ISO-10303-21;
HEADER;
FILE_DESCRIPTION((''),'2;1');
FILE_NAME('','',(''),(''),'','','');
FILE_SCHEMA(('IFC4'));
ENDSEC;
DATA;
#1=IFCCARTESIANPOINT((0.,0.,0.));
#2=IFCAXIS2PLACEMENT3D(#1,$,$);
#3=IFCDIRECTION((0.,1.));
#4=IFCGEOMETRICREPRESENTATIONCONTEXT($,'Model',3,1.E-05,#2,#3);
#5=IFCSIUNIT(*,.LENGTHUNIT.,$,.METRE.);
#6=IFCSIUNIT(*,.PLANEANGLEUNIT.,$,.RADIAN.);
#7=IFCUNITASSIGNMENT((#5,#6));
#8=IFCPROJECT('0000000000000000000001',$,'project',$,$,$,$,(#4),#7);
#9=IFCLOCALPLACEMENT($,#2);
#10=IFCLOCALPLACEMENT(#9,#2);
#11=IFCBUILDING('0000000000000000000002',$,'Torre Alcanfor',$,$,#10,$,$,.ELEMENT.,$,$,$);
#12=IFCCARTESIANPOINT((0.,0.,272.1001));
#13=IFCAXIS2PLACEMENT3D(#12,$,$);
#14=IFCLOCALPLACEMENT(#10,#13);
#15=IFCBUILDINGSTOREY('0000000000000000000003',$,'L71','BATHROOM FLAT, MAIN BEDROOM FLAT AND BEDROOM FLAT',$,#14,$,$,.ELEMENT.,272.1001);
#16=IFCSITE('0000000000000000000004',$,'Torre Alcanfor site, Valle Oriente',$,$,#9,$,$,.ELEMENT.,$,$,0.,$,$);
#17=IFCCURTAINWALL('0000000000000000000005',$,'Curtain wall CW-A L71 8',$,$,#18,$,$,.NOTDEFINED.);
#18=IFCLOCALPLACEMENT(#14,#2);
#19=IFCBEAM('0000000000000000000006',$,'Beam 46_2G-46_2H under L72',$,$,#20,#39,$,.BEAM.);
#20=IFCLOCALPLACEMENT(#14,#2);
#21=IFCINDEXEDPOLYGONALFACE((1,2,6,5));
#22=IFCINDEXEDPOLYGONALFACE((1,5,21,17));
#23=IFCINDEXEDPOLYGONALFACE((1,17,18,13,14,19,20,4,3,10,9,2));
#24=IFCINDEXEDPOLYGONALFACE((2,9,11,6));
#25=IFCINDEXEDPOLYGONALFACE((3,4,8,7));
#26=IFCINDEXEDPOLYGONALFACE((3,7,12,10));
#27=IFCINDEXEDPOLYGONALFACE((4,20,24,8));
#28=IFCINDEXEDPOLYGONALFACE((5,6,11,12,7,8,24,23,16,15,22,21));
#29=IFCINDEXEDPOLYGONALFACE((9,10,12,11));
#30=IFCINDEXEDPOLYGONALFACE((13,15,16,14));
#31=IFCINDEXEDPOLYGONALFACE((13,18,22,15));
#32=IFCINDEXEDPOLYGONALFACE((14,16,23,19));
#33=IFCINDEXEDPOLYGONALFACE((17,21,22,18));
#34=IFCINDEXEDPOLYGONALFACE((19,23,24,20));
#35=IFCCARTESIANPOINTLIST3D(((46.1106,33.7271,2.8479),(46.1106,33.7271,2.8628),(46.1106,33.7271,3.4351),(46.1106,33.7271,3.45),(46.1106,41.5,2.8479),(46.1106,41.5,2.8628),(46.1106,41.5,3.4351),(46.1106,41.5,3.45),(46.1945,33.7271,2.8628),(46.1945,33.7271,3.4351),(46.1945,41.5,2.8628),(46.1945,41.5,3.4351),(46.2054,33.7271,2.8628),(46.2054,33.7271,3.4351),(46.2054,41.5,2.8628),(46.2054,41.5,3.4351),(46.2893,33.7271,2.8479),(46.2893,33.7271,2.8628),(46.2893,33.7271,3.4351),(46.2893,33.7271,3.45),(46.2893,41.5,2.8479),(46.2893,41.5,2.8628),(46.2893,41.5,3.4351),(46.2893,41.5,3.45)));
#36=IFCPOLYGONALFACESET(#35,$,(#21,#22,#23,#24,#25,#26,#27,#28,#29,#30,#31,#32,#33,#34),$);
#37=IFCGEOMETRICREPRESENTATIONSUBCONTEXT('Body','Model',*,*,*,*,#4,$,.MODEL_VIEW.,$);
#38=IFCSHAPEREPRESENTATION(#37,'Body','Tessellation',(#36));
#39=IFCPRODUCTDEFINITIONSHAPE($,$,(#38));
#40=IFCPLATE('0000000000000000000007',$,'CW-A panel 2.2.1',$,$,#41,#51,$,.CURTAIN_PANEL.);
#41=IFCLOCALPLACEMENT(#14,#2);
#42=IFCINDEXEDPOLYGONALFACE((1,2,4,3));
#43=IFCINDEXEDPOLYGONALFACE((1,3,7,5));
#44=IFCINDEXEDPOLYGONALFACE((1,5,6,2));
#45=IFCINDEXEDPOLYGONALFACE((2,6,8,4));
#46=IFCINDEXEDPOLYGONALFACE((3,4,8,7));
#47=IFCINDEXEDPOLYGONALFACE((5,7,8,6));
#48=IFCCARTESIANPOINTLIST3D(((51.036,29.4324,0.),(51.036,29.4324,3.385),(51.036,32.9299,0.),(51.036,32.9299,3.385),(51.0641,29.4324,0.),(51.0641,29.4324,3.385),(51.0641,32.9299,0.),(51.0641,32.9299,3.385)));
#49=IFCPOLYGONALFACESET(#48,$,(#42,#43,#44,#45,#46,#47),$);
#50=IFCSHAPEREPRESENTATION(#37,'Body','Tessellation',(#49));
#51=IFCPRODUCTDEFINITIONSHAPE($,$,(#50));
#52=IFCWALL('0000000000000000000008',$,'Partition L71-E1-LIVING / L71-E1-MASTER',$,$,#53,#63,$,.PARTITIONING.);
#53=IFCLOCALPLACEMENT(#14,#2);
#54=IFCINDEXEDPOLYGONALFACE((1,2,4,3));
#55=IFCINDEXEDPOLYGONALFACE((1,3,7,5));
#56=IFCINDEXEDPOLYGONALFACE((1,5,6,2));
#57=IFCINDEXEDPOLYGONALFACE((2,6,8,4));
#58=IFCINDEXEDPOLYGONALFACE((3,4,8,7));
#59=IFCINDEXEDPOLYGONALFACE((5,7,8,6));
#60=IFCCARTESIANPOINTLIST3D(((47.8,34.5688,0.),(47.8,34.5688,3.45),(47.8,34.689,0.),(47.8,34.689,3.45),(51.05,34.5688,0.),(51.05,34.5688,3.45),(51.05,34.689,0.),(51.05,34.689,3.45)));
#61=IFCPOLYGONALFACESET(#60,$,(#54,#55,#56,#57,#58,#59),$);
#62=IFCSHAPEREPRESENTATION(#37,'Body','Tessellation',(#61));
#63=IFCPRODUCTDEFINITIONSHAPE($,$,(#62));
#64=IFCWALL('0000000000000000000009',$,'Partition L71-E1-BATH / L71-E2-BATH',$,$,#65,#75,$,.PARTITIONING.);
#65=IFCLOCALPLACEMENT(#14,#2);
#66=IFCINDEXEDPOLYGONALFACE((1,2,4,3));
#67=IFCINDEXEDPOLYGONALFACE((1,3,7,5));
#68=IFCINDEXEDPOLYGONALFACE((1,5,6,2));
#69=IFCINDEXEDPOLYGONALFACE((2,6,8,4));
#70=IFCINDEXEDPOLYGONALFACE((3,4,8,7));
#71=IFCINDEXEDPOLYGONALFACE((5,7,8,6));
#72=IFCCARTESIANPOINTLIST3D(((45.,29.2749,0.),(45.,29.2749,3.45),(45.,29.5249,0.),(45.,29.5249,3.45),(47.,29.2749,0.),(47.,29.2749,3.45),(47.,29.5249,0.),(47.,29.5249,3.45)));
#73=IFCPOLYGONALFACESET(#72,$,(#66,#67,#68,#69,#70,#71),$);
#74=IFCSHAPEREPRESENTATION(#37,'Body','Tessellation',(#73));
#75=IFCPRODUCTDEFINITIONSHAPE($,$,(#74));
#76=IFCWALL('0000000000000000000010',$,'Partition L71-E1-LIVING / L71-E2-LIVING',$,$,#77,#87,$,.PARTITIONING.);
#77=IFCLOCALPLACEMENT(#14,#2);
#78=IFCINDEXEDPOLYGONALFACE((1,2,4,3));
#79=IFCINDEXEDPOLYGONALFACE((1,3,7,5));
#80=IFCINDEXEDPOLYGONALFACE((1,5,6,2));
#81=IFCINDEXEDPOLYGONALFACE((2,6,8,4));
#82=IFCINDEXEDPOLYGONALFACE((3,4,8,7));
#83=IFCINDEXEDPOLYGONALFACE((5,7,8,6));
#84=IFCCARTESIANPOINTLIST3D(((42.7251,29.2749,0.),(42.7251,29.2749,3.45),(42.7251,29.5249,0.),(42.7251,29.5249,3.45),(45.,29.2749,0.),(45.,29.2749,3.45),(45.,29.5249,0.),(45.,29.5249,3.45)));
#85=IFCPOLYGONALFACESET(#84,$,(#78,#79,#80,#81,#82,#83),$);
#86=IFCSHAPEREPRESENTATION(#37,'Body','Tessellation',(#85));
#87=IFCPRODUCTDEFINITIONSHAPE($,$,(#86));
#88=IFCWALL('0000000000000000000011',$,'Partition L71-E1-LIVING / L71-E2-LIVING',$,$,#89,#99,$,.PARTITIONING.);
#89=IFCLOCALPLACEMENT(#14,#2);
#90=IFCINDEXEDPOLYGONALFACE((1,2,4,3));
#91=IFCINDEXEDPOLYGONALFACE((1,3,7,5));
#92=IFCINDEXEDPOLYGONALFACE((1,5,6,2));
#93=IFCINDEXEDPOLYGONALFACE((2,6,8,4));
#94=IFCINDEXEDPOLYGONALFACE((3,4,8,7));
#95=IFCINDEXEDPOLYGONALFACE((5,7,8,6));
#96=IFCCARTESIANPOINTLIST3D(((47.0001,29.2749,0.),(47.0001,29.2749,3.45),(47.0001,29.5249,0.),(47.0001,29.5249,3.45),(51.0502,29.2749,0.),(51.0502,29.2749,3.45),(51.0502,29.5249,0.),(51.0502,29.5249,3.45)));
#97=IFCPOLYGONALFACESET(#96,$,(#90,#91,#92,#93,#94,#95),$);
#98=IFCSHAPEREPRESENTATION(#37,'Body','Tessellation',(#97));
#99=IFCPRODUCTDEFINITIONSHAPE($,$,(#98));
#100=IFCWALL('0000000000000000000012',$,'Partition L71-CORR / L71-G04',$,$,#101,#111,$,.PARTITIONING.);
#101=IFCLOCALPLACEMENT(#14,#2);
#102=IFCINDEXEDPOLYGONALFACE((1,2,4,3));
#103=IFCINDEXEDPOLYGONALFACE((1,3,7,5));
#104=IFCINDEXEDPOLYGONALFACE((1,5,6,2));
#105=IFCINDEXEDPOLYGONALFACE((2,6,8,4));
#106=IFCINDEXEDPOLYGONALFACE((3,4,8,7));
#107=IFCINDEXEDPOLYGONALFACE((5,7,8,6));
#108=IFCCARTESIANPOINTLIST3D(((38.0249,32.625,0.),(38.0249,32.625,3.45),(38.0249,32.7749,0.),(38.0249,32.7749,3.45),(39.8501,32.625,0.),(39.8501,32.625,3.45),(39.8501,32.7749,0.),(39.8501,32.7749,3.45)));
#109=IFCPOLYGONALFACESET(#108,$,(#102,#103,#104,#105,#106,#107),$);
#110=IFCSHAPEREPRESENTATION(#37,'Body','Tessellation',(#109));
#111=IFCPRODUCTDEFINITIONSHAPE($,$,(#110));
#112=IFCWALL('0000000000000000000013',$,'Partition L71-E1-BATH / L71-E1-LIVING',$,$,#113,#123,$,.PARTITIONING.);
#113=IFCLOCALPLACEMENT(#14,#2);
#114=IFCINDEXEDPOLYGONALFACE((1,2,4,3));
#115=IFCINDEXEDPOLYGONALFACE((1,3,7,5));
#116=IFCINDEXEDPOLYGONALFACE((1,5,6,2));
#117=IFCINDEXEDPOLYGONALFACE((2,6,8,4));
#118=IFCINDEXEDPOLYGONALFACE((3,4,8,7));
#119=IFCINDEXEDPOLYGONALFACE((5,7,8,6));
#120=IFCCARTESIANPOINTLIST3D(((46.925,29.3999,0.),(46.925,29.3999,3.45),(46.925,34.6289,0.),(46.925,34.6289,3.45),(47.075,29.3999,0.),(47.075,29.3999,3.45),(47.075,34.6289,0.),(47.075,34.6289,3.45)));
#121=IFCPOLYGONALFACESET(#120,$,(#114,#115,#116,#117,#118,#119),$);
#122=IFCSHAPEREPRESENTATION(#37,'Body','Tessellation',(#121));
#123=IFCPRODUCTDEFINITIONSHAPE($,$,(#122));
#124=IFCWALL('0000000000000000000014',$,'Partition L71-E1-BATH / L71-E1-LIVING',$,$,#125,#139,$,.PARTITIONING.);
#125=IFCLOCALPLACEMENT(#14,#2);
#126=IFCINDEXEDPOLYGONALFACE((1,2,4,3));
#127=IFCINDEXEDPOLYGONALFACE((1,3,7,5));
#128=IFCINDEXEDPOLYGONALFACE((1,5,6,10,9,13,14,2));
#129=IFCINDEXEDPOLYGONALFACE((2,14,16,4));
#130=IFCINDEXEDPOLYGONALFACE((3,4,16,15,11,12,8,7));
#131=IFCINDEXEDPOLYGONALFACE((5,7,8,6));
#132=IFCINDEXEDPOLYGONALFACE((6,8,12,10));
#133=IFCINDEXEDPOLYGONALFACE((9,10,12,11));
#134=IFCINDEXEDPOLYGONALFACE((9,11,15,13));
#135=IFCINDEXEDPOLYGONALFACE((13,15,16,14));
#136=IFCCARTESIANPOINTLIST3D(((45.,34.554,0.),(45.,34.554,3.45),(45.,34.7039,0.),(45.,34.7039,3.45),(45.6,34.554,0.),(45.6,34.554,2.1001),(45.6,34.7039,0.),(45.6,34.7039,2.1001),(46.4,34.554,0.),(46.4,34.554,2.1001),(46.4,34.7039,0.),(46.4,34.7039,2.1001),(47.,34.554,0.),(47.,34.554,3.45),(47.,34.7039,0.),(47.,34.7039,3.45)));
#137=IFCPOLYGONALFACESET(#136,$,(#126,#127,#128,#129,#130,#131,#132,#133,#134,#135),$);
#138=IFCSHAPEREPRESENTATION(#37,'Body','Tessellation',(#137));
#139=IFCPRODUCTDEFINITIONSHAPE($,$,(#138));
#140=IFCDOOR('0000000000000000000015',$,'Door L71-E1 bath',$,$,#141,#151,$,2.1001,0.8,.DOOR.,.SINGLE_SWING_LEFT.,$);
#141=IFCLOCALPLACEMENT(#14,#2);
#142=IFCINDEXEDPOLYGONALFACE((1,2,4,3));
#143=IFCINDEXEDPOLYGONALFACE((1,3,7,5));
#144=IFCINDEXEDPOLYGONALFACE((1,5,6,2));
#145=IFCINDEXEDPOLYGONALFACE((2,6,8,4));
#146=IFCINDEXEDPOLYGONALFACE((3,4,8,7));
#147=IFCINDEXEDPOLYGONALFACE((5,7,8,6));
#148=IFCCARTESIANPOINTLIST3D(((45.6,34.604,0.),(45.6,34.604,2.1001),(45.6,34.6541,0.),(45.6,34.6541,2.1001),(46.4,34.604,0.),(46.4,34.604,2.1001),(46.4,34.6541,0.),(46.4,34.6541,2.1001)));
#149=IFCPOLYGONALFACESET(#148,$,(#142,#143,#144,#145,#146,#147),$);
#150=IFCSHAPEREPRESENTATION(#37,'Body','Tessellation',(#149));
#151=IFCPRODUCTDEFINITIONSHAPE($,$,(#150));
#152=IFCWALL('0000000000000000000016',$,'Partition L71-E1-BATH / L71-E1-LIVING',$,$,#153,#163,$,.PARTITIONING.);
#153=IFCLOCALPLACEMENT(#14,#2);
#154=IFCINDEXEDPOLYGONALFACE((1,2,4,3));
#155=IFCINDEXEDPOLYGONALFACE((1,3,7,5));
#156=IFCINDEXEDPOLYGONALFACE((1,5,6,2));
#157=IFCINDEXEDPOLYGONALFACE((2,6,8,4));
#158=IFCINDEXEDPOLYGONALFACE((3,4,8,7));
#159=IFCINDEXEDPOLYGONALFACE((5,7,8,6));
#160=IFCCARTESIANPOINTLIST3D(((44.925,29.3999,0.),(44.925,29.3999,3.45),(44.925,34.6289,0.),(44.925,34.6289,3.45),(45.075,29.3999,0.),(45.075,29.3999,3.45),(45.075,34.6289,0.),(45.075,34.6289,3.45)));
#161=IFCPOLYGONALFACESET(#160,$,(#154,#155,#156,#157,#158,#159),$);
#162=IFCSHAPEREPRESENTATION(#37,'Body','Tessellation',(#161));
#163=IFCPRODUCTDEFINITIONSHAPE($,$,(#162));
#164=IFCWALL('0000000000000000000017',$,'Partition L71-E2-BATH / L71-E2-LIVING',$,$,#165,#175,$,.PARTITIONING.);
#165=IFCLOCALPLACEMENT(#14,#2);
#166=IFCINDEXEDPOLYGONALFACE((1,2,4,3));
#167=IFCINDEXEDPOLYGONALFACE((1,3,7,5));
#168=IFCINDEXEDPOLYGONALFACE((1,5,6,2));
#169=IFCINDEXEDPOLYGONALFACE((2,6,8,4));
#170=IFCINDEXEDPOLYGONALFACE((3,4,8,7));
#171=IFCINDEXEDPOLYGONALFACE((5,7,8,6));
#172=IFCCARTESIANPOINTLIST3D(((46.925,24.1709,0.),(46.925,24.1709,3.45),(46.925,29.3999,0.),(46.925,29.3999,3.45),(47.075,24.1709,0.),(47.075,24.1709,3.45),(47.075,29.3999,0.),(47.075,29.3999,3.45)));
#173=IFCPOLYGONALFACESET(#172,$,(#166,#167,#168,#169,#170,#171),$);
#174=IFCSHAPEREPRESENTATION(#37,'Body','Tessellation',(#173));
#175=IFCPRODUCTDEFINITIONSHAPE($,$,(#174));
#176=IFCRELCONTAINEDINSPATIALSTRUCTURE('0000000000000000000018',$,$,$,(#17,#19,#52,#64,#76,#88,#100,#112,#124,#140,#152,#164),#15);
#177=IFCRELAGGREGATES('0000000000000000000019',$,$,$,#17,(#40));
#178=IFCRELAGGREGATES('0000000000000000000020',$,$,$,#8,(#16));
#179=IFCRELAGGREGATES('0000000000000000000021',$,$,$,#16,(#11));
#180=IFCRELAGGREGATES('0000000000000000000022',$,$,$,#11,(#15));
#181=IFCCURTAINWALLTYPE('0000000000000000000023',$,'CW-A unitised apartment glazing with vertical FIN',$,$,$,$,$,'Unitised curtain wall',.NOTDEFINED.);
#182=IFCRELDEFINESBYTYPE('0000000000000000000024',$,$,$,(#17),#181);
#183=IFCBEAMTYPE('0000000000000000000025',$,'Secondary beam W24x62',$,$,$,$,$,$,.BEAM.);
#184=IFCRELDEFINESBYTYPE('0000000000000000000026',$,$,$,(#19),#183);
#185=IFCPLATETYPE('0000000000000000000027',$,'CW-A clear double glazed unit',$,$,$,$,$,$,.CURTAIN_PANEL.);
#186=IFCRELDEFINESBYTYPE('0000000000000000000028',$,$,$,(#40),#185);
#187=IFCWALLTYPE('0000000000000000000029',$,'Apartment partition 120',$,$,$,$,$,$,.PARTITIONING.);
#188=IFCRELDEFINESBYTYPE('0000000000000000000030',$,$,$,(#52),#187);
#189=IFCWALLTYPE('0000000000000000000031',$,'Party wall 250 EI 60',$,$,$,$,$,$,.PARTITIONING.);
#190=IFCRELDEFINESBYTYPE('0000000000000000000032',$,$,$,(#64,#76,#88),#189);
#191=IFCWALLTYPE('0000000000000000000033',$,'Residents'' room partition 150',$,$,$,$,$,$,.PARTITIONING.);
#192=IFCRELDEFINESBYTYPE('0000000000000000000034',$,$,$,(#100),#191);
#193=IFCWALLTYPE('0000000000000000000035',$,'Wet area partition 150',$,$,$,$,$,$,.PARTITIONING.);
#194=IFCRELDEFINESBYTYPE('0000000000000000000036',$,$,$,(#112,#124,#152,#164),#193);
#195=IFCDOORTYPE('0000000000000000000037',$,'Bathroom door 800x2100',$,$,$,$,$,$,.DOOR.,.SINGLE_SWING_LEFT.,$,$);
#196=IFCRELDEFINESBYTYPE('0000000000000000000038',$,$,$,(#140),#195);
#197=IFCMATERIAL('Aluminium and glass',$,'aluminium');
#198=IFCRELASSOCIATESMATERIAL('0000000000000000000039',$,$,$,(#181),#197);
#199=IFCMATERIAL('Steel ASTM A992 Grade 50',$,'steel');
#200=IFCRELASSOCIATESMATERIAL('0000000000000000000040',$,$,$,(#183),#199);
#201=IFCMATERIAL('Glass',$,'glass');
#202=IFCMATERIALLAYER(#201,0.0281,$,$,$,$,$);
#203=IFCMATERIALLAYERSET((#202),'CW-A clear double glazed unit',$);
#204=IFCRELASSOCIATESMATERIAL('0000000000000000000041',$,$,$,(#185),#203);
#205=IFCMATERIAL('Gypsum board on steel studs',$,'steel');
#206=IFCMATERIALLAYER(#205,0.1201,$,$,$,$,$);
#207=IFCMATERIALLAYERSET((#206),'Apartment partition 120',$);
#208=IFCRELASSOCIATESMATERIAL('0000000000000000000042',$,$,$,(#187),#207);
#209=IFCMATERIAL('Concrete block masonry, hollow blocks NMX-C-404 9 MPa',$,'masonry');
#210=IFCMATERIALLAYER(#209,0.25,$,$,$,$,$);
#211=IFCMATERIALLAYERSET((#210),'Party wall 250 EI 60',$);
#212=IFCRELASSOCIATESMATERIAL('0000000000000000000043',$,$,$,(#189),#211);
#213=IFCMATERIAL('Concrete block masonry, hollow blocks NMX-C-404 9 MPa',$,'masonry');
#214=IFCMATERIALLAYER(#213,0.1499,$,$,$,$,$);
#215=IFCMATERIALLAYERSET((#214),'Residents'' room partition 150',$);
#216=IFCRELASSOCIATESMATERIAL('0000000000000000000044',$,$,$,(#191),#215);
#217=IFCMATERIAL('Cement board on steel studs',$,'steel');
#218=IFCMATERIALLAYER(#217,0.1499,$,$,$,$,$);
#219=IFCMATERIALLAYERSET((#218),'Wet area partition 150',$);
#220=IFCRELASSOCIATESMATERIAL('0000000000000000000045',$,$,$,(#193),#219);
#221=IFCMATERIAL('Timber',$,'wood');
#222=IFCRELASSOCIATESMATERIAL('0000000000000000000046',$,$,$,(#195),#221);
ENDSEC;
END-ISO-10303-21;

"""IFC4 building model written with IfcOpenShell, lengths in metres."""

from ifc_helpers import new_model, si_unit, direction, frame, frame_2d, origin, origin_2d, place, context, subcontext, project, spatial, rectangle, i_section, extrude, material, layer, layer_set, material_profile, profile_set, type_object, element, fill, aggregate, save


model = new_model("IFC4")

# Units and contexts
model_context = context("Model", 3, precision=1e-05, world=origin(), true_north=direction((0.0, 1.0)))
body_context = subcontext(model_context, "Body", "Model", "MODEL_VIEW")
ifc_project = project(units=[si_unit("LENGTHUNIT", "METRE"), si_unit("PLANEANGLEUNIT", "RADIAN")], contexts=[model_context])

# Site, building, storey
site_placement = place(None, origin())
site = spatial("IfcSite", under=ifc_project, at=site_placement, Name="Torre Alcanfor site, Valle Oriente", CompositionType="ELEMENT", RefElevation=0.0)
building_placement = place(site_placement, origin())
building = spatial("IfcBuilding", under=site, at=building_placement, Name="Torre Alcanfor", CompositionType="ELEMENT")
storey_placement = place(building_placement, frame((0.0, 0.0, 272.1001)))
storey = spatial("IfcBuildingStorey", under=building, at=storey_placement, Name="L71", Description="BATHROOM FLAT, MAIN BEDROOM FLAT AND BEDROOM FLAT", CompositionType="ELEMENT", Elevation=272.1001)

# Curtain wall
ifc_material_1 = material(Name="Aluminium and glass", Category="aluminium")
curtain_wall_type = type_object("IfcCurtainWallType", Name="CW-A unitised apartment glazing with vertical FIN", ElementType="Unitised curtain wall", PredefinedType="NOTDEFINED", material=ifc_material_1)
curtain_wall_placement = place(storey_placement, origin())
curtain_wall = element("IfcCurtainWall", 1, at=curtain_wall_placement, inside=storey, type_object=curtain_wall_type, Name="Curtain wall CW-A L71 8", PredefinedType="NOTDEFINED")

# Beam
ifc_material_2 = material(Name="Steel ASTM A992 Grade 50", Category="steel")
ifc_material_profile_1 = material_profile(ifc_material_2, i_section(OverallWidth=0.1787, OverallDepth=0.6021, WebThickness=0.011, FlangeThickness=0.0149, at=origin_2d()), Name="W24x62")
ifc_profile_set_1 = profile_set([ifc_material_profile_1], Name="Steel ASTM A992 Grade 50")
beam_type_1 = type_object("IfcBeamType", Name="Secondary beam W24x62", PredefinedType="BEAM", material=ifc_profile_set_1)
beam_1_placement = place(storey_placement, frame((46.2, 33.7271, 3.1489), z_axis=(0.0, 1.0, 0.0), x_axis=(-1.0, 0.0, 0.0)))
element("IfcBeam", 2, at=beam_1_placement, inside=storey, type_object=beam_type_1, Name="Beam 46_2G-46_2H under L72", PredefinedType="BEAM", context=body_context, shape_type="SweptSolid", body=[
    extrude(i_section(OverallWidth=0.1787, OverallDepth=0.6021, WebThickness=0.011, FlangeThickness=0.0149, at=origin_2d()), origin(), (0.0, 0.0, 1.0), 7.7729),
])

# Plate
ifc_material_3 = material(Name="Glass", Category="glass")
ifc_layer_1 = layer(ifc_material_3, 0.0281)
ifc_layer_set_1 = layer_set([ifc_layer_1], Name="CW-A clear double glazed unit")
plate_type = type_object("IfcPlateType", Name="CW-A clear double glazed unit", PredefinedType="CURTAIN_PANEL", material=ifc_layer_set_1)
plate_placement = place(storey_placement, frame((51.05, 31.1812, 0.0), z_axis=(0.0, 0.0, 1.0), x_axis=(0.0, 1.0, 0.0)))
plate = element("IfcPlate", 3, at=plate_placement, type_object=plate_type, Name="CW-A panel 2.2.1", PredefinedType="CURTAIN_PANEL", context=body_context, shape_type="SweptSolid", body=[
    extrude(rectangle(XDim=3.4976, YDim=0.0281, at=origin_2d()), origin(), (0.0, 0.0, 1.0), 3.385),
])
aggregate(curtain_wall, [plate])

# Walls
ifc_material_4 = material(Name="Gypsum board on steel studs", Category="steel")
ifc_layer_2 = layer(ifc_material_4, 0.1201)
ifc_layer_set_2 = layer_set([ifc_layer_2], Name="Apartment partition 120")
wall_type_1 = type_object("IfcWallType", Name="Apartment partition 120", PredefinedType="PARTITIONING", material=ifc_layer_set_2)
wall_1_placement = place(storey_placement, frame((47.8, 34.6289, 0.0), z_axis=(0.0, 0.0, 1.0), x_axis=(1.0, 0.0, 0.0)))
element("IfcWall", 4, at=wall_1_placement, inside=storey, type_object=wall_type_1, Name="Partition L71-E1-LIVING / L71-E1-MASTER", PredefinedType="PARTITIONING", context=body_context, shape_type="SweptSolid", body=[
    extrude(rectangle(XDim=3.25, YDim=0.1201, at=frame_2d((1.625, 0.0))), origin(), (0.0, 0.0, 1.0), 3.45),
])
ifc_material_5 = material(Name="Concrete block masonry, hollow blocks NMX-C-404 9 MPa", Category="masonry")
ifc_layer_3 = layer(ifc_material_5, 0.25)
ifc_layer_set_3 = layer_set([ifc_layer_3], Name="Party wall 250 EI 60")
wall_type_2 = type_object("IfcWallType", Name="Party wall 250 EI 60", PredefinedType="PARTITIONING", material=ifc_layer_set_3)
wall_2_placement = place(storey_placement, frame((45.0, 29.3999, 0.0), z_axis=(0.0, 0.0, 1.0), x_axis=(1.0, 0.0, 0.0)))
element("IfcWall", 5, at=wall_2_placement, inside=storey, type_object=wall_type_2, Name="Partition L71-E1-BATH / L71-E2-BATH", PredefinedType="PARTITIONING", context=body_context, shape_type="SweptSolid", body=[
    extrude(rectangle(XDim=2.0, YDim=0.25, at=frame_2d((1.0, 0.0))), origin(), (0.0, 0.0, 1.0), 3.45),
])
wall_3_placement = place(storey_placement, frame((45.0, 29.3999, 0.0), z_axis=(0.0, 0.0, 1.0), x_axis=(-1.0, 0.0, 0.0)))
element("IfcWall", 6, at=wall_3_placement, inside=storey, type_object=wall_type_2, Name="Partition L71-E1-LIVING / L71-E2-LIVING", PredefinedType="PARTITIONING", context=body_context, shape_type="SweptSolid", body=[
    extrude(rectangle(XDim=2.2749, YDim=0.25, at=frame_2d((1.1375, 0.0))), origin(), (0.0, 0.0, 1.0), 3.45),
])
wall_4_placement = place(storey_placement, frame((51.05, 29.3999, 0.0), z_axis=(0.0, 0.0, 1.0), x_axis=(-1.0, 0.0, 0.0)))
element("IfcWall", 7, at=wall_4_placement, inside=storey, type_object=wall_type_2, Name="Partition L71-E1-LIVING / L71-E2-LIVING", PredefinedType="PARTITIONING", context=body_context, shape_type="SweptSolid", body=[
    extrude(rectangle(XDim=4.05, YDim=0.25, at=frame_2d((2.0249, 0.0))), origin(), (0.0, 0.0, 1.0), 3.45),
])
ifc_material_6 = material(Name="Concrete block masonry, hollow blocks NMX-C-404 9 MPa", Category="masonry")
ifc_layer_4 = layer(ifc_material_6, 0.1499)
ifc_layer_set_4 = layer_set([ifc_layer_4], Name="Residents' room partition 150")
wall_type_3 = type_object("IfcWallType", Name="Residents' room partition 150", PredefinedType="PARTITIONING", material=ifc_layer_set_4)
wall_5_placement = place(storey_placement, frame((39.8501, 32.7, 0.0), z_axis=(0.0, 0.0, 1.0), x_axis=(-1.0, 0.0, 0.0)))
element("IfcWall", 8, at=wall_5_placement, inside=storey, type_object=wall_type_3, Name="Partition L71-CORR / L71-G04", PredefinedType="PARTITIONING", context=body_context, shape_type="SweptSolid", body=[
    extrude(rectangle(XDim=1.8252, YDim=0.1499, at=frame_2d((0.9126, 0.0))), origin(), (0.0, 0.0, 1.0), 3.45),
])
ifc_material_7 = material(Name="Cement board on steel studs", Category="steel")
ifc_layer_5 = layer(ifc_material_7, 0.1499)
ifc_layer_set_5 = layer_set([ifc_layer_5], Name="Wet area partition 150")
wall_type_4 = type_object("IfcWallType", Name="Wet area partition 150", PredefinedType="PARTITIONING", material=ifc_layer_set_5)
wall_6_placement = place(storey_placement, frame((47.0, 29.3999, 0.0), z_axis=(0.0, 0.0, 1.0), x_axis=(0.0, 1.0, 0.0)))
element("IfcWall", 9, at=wall_6_placement, inside=storey, type_object=wall_type_4, Name="Partition L71-E1-BATH / L71-E1-LIVING", PredefinedType="PARTITIONING", context=body_context, shape_type="SweptSolid", body=[
    extrude(rectangle(XDim=5.229, YDim=0.1499, at=frame_2d((2.6145, 0.0))), origin(), (0.0, 0.0, 1.0), 3.45),
])

# Wall, opening, door
wall_7_placement = place(storey_placement, frame((47.0, 34.6289, 0.0), z_axis=(0.0, 0.0, 1.0), x_axis=(-1.0, 0.0, 0.0)))
wall_7 = element("IfcWall", 10, at=wall_7_placement, inside=storey, type_object=wall_type_4, Name="Partition L71-E1-BATH / L71-E1-LIVING", PredefinedType="PARTITIONING", context=body_context, shape_type="SweptSolid", body=[
    extrude(rectangle(XDim=2.0, YDim=0.1499, at=frame_2d((1.0, 0.0))), origin(), (0.0, 0.0, 1.0), 3.45),
])
opening_placement = place(wall_7_placement, frame((0.6001, 0.0, 0.0)))
opening = element("IfcOpeningElement", 11, at=opening_placement, cuts=wall_7, PredefinedType="OPENING", context=body_context, shape_type="SweptSolid", body=[
    extrude(rectangle(XDim=0.8, YDim=2.1001, at=frame_2d((0.3999, 1.05))), frame((0.0, 0.085, 0.0), z_axis=(0.0, -1.0, 0.0), x_axis=(1.0, 0.0, 0.0)), (0.0, 0.0, 1.0), 0.1699),
])
ifc_material_8 = material(Name="Timber", Category="wood")
door_type = type_object("IfcDoorType", Name="Bathroom door 800x2100", OperationType="SINGLE_SWING_LEFT", PredefinedType="DOOR", material=ifc_material_8)
door_placement = place(opening_placement, origin())
door = element("IfcDoor", 12, at=door_placement, inside=storey, type_object=door_type, Name="Door L71-E1 bath", OperationType="SINGLE_SWING_LEFT", OverallHeight=2.1001, OverallWidth=0.8, PredefinedType="DOOR", context=body_context, shape_type="SweptSolid", body=[
    extrude(rectangle(XDim=0.8, YDim=2.1001, at=frame_2d((0.3999, 1.05))), frame((0.0, 0.0249, 0.0), z_axis=(0.0, -1.0, 0.0), x_axis=(1.0, 0.0, 0.0)), (0.0, 0.0, 1.0), 0.05),
])
fill(opening, door)

# Walls
for number, where, z_axis, x_axis, name in (
    (13, (45.0, 34.6289, 0.0), (0.0, 0.0, 1.0), (0.0, -1.0, 0.0), "Partition L71-E1-BATH / L71-E1-LIVING"),
    (14, (47.0, 29.3999, 0.0), (0.0, 0.0, 1.0), (0.0, -1.0, 0.0), "Partition L71-E2-BATH / L71-E2-LIVING"),
):
    element("IfcWall", number, at=place(storey_placement, frame(where, z_axis=z_axis, x_axis=x_axis)), inside=storey, type_object=wall_type_4, Name=name, PredefinedType="PARTITIONING", context=body_context, shape_type="SweptSolid", body=[
        extrude(rectangle(XDim=5.229, YDim=0.1499, at=frame_2d((2.6145, 0.0))), origin(), (0.0, 0.0, 1.0), 3.45),
    ])

save(model, "model.ifc")
